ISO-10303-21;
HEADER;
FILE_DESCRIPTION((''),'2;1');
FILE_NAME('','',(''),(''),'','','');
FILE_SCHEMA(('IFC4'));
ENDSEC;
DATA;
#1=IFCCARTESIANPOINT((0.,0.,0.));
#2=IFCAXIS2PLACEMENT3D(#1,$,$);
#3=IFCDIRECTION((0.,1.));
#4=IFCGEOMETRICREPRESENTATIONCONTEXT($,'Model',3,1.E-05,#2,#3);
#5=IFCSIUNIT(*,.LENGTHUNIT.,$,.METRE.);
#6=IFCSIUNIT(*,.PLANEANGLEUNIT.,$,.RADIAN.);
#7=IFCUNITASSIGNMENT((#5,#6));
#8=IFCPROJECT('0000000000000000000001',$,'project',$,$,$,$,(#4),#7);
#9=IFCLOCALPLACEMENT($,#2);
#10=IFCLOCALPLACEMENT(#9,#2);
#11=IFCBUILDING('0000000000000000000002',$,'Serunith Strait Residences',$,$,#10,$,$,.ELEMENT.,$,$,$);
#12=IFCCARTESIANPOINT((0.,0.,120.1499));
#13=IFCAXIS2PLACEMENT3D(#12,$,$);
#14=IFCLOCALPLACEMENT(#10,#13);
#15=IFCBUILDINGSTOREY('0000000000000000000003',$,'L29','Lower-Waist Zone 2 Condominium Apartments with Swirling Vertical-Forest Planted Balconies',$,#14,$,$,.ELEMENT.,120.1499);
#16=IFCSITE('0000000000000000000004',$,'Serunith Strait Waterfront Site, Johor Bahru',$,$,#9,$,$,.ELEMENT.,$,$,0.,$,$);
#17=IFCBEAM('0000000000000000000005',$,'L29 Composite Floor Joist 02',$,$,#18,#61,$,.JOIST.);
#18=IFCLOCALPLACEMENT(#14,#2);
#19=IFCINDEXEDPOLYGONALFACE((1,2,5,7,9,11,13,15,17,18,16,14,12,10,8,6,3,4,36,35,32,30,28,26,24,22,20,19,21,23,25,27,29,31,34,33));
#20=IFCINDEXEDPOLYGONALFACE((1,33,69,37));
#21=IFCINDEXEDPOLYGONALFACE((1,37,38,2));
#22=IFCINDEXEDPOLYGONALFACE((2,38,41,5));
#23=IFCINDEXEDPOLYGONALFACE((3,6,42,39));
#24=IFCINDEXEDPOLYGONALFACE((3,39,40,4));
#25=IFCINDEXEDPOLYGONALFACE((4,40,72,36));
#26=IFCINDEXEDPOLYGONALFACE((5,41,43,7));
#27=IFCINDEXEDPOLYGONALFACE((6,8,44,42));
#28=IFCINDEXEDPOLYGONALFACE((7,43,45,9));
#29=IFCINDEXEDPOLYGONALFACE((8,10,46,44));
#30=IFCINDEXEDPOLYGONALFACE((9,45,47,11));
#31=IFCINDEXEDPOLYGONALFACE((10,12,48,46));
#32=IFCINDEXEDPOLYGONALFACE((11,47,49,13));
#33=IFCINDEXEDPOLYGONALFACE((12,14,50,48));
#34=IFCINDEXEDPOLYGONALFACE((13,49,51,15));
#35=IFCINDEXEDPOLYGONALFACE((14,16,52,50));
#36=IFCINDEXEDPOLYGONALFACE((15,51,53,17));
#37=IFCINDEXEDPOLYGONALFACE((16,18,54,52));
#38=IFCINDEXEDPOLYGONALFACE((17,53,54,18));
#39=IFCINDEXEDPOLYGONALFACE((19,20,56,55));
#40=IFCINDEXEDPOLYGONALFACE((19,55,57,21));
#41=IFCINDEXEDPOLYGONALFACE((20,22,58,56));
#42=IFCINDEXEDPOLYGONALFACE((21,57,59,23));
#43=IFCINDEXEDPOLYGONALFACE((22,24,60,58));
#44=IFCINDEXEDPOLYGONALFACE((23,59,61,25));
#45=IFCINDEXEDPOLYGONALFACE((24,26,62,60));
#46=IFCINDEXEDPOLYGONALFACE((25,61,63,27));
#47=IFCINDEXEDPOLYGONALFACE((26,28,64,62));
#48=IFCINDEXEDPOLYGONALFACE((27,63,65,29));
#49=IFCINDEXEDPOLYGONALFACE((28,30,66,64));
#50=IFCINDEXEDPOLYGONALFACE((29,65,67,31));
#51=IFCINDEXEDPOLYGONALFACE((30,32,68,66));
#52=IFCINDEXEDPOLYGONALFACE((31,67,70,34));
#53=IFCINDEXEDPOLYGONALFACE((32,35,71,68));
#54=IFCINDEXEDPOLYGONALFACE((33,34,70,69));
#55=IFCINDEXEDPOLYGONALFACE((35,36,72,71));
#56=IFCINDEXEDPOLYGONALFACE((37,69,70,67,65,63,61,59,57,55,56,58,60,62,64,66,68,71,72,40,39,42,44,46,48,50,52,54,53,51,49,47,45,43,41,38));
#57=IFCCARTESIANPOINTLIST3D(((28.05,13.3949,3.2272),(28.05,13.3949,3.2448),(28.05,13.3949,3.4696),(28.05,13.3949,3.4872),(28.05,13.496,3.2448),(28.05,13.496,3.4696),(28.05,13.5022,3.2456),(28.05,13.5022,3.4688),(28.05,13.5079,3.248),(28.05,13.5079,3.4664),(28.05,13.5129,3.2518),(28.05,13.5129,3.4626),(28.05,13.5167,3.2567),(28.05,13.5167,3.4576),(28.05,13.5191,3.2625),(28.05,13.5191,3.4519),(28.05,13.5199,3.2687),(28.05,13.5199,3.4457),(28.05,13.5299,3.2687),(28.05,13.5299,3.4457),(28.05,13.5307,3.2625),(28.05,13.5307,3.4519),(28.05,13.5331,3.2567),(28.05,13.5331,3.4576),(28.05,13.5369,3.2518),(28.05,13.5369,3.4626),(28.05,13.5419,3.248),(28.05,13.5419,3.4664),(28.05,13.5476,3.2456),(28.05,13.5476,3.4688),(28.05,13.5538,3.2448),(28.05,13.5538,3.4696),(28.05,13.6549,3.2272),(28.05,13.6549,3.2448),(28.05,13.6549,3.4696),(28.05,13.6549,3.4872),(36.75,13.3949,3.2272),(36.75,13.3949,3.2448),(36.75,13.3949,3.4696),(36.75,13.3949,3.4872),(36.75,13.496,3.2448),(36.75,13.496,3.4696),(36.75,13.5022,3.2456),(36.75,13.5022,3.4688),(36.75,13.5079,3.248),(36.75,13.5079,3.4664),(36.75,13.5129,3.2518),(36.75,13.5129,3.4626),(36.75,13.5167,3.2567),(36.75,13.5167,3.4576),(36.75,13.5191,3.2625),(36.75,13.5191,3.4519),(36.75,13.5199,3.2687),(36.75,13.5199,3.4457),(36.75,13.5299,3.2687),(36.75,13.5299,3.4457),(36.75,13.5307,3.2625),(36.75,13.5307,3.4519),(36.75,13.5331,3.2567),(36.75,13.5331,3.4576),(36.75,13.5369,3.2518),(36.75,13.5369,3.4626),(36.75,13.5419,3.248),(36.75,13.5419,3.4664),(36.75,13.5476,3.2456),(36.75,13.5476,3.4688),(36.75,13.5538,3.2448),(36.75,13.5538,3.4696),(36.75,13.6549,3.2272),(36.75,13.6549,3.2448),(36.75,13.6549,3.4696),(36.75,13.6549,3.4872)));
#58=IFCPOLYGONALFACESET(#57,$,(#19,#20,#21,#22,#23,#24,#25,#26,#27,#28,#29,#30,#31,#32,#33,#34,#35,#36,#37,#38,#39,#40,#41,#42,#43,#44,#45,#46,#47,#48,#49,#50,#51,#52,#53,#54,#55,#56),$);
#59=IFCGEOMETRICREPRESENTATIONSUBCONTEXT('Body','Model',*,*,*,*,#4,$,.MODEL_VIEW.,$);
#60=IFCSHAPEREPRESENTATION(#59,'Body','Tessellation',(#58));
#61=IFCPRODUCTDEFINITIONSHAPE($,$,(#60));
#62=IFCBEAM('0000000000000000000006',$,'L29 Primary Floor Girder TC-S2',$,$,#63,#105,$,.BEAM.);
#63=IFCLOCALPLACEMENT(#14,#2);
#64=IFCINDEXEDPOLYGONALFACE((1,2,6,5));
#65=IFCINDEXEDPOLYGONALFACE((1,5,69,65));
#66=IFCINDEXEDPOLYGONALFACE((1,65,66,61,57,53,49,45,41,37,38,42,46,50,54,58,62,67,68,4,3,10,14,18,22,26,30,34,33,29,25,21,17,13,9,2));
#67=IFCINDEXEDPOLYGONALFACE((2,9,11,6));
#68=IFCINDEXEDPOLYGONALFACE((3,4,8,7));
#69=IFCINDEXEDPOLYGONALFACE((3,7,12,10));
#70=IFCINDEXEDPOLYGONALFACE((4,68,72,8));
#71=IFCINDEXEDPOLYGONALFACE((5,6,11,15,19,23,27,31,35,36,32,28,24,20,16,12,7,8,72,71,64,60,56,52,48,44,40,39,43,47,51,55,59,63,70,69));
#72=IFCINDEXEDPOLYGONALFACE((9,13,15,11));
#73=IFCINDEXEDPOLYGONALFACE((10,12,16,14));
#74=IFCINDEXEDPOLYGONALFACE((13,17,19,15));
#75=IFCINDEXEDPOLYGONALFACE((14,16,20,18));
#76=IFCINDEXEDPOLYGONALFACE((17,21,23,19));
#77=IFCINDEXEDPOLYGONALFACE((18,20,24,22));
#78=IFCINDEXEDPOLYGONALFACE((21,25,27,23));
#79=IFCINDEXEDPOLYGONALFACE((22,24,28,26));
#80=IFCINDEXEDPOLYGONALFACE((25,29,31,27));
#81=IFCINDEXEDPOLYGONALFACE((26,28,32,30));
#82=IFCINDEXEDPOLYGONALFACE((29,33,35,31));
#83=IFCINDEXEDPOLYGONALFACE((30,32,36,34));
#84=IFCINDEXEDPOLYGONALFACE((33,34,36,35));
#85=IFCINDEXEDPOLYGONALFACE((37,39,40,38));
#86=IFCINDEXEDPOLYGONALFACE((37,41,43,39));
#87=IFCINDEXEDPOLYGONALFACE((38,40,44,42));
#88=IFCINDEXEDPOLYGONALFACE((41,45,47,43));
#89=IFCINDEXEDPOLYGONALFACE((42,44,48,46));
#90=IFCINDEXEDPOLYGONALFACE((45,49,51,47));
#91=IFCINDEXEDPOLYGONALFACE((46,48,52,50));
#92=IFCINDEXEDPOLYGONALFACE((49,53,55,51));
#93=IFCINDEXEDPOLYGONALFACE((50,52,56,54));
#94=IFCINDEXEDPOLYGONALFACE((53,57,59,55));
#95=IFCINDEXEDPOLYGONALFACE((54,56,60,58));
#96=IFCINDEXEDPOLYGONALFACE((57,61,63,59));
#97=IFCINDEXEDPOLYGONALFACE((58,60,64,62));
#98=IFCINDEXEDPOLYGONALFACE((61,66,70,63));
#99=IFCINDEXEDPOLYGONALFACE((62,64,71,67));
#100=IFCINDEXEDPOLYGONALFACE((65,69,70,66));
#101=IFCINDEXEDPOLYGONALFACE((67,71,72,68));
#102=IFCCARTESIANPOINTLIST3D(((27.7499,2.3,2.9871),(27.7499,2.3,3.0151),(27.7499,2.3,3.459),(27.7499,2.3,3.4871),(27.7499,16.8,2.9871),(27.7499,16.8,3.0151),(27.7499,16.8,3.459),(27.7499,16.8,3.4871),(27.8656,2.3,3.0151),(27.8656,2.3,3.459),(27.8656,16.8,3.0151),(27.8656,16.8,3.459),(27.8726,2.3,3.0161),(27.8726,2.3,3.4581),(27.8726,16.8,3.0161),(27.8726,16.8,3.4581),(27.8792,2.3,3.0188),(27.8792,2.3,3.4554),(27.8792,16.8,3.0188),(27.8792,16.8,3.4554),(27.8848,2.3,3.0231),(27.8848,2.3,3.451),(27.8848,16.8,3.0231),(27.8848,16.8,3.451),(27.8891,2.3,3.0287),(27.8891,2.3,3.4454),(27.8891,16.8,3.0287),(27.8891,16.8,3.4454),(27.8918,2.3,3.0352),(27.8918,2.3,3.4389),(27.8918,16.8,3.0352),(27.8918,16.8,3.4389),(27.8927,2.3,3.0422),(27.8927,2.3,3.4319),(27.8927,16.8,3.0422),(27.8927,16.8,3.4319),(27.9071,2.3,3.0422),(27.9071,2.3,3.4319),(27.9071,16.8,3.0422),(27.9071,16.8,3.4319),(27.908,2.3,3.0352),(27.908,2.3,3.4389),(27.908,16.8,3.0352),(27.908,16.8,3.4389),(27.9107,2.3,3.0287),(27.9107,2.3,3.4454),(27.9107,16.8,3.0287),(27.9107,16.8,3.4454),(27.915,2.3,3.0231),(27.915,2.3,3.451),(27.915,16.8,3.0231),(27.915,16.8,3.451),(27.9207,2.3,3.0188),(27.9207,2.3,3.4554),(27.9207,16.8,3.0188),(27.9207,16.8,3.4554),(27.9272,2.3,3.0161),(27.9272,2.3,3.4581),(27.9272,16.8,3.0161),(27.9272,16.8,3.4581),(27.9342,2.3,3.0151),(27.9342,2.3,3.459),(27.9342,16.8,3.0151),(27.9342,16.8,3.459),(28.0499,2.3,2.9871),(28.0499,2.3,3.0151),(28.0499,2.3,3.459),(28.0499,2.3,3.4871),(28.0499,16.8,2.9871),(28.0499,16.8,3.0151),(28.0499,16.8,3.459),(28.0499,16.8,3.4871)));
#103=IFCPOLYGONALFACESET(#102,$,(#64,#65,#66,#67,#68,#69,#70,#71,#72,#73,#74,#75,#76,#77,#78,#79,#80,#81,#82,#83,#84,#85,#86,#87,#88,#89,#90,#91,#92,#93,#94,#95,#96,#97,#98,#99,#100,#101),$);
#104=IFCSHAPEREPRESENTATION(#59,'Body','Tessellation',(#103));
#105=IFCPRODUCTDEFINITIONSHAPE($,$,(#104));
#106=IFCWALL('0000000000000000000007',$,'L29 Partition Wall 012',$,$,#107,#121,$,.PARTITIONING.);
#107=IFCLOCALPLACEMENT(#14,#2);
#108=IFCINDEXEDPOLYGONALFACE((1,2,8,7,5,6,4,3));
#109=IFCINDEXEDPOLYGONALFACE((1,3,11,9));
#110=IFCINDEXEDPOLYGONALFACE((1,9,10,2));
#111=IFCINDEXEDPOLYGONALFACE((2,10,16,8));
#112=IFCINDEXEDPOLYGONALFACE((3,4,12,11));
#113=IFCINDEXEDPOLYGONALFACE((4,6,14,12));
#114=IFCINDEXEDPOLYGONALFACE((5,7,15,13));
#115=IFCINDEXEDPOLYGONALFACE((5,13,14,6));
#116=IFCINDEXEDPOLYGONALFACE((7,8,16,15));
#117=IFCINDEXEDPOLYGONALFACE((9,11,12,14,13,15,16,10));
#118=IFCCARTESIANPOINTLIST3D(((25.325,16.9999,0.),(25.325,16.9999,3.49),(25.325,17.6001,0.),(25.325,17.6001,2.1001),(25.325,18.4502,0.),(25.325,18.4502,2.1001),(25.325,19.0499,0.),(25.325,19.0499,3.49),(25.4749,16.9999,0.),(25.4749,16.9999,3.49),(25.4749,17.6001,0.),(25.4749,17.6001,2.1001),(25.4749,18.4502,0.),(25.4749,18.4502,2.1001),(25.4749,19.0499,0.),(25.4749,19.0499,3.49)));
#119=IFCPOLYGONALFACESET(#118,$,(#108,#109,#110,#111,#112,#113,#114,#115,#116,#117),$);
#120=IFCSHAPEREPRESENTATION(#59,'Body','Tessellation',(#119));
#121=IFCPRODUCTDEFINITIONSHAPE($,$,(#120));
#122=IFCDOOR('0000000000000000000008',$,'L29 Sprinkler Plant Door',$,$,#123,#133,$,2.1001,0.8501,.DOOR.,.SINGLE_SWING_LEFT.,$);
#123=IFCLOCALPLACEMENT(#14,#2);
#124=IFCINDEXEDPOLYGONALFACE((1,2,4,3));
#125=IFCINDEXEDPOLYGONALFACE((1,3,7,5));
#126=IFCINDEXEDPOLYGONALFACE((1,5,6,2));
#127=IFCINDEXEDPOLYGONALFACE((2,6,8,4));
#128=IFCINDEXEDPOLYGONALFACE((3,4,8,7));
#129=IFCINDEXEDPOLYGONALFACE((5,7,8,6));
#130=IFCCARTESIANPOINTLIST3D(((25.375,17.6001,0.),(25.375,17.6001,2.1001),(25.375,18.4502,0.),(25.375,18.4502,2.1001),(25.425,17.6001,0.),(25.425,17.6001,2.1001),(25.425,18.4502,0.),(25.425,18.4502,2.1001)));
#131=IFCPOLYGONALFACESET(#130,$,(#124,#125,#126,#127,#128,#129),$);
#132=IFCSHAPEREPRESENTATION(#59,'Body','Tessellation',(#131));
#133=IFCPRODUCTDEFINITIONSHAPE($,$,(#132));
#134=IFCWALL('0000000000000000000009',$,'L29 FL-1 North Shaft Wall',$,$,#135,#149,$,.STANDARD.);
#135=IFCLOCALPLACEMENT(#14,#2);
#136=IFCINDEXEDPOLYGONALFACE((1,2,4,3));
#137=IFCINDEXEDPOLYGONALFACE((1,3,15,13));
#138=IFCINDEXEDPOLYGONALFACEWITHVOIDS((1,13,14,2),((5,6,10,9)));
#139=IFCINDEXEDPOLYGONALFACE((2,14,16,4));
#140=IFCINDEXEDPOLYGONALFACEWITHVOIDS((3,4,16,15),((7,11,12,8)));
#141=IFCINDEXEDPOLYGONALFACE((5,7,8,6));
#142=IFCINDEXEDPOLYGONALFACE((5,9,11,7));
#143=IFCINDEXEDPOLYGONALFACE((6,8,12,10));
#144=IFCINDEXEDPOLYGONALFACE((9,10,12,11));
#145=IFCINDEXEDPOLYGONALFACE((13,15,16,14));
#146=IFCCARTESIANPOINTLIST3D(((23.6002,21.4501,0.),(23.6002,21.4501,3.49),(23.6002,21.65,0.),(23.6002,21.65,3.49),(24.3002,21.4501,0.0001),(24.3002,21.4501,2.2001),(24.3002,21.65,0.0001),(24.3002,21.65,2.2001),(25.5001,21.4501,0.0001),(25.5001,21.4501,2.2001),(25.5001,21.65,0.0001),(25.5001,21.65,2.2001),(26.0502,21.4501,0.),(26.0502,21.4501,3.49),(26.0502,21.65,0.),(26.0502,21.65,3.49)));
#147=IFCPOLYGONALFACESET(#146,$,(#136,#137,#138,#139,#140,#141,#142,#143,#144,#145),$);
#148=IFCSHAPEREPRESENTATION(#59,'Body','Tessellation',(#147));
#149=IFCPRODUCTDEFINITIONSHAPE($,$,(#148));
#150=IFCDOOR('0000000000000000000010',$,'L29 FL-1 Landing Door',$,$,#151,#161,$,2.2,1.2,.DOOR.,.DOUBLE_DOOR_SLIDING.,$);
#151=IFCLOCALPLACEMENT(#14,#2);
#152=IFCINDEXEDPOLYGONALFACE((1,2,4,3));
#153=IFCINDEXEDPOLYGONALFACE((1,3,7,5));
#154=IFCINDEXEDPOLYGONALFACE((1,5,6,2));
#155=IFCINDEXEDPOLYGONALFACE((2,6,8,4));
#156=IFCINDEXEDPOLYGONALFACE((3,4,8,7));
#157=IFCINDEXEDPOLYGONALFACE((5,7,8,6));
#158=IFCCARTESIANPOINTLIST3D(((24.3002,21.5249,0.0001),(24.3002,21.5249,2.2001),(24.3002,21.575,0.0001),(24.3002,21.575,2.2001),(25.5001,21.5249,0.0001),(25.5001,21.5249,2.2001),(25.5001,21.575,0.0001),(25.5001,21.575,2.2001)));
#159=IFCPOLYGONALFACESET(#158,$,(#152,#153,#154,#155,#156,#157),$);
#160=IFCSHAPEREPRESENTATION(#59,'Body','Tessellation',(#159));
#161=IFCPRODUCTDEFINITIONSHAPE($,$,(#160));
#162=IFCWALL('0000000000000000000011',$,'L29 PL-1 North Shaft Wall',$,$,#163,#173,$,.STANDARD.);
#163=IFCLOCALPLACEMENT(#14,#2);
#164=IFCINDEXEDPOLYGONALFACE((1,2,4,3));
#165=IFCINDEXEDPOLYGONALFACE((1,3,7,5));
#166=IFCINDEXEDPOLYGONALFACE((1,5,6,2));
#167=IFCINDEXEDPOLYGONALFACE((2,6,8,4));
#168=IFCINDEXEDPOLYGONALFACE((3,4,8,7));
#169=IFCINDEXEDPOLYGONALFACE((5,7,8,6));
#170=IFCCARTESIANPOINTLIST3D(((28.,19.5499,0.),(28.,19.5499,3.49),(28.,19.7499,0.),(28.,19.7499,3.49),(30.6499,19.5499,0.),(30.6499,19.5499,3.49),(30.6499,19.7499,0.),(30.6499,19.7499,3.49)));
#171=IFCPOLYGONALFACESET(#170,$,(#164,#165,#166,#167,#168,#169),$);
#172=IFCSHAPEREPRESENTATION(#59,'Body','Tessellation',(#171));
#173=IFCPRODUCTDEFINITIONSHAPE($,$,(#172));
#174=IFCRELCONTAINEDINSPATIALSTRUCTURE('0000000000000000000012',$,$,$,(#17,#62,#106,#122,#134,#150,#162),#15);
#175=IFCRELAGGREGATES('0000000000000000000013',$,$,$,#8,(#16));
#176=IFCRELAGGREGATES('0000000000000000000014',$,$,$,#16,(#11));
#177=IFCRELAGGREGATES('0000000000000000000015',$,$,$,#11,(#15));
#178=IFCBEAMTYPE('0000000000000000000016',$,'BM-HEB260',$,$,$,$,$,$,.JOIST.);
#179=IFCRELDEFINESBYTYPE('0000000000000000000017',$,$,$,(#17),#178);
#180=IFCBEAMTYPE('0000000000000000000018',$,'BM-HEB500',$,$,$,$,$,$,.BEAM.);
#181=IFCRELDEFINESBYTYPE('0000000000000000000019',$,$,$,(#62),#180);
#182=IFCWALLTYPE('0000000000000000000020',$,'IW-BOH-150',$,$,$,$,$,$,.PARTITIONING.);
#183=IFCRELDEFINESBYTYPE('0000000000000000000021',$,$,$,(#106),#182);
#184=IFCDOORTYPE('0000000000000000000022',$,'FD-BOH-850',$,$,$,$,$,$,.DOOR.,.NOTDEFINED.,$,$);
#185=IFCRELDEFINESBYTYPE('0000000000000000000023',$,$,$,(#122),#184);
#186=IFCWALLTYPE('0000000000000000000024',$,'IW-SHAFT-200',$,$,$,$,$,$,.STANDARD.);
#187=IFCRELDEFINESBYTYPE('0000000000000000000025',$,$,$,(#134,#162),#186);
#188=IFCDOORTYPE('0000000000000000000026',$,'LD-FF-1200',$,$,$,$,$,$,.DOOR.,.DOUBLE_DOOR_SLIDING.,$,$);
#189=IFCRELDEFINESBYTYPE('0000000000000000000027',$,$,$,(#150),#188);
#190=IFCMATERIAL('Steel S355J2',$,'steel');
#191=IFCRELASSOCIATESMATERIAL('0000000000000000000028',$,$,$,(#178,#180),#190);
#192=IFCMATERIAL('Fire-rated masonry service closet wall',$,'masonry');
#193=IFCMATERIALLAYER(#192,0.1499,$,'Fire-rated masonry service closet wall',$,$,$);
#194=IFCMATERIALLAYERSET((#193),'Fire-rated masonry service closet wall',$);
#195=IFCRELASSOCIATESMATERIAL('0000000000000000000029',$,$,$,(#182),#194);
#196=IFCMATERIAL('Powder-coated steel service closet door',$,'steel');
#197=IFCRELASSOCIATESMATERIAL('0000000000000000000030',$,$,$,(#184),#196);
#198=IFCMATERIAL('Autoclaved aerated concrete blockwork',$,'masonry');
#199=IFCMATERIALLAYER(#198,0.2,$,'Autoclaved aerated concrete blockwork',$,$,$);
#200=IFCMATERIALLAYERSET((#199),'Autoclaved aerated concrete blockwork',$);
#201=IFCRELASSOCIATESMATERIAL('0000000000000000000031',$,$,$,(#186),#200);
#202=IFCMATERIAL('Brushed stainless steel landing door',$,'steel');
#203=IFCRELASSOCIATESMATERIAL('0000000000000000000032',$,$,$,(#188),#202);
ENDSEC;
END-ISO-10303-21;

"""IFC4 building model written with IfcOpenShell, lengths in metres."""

from ifc_helpers import new_model, si_unit, direction, frame, frame_2d, origin, origin_2d, place, context, subcontext, project, spatial, rectangle, i_section, extrude, source, transform, mapped, material, layer, layer_set, material_profile, profile_set, type_object, element, fill, save


model = new_model("IFC4")

# Units and contexts
model_context = context("Model", 3, precision=1e-05, world=origin(), true_north=direction((0.0, 1.0)))
body_context = subcontext(model_context, "Body", "Model", "MODEL_VIEW")
ifc_project = project(units=[si_unit("LENGTHUNIT", "METRE"), si_unit("PLANEANGLEUNIT", "RADIAN")], contexts=[model_context])

# Site, building, storey
site_placement = place(None, origin())
site = spatial("IfcSite", under=ifc_project, at=site_placement, Name="Serunith Strait Waterfront Site, Johor Bahru", CompositionType="ELEMENT", RefElevation=0.0)
building_placement = place(site_placement, origin())
building = spatial("IfcBuilding", under=site, at=building_placement, Name="Serunith Strait Residences", CompositionType="ELEMENT")
storey_placement = place(building_placement, frame((0.0, 0.0, 120.1499)))
storey = spatial("IfcBuildingStorey", under=building, at=storey_placement, Name="L29", Description="Lower-Waist Zone 2 Condominium Apartments with Swirling Vertical-Forest Planted Balconies", CompositionType="ELEMENT", Elevation=120.1499)

# Beams
ifc_material_1 = material(Name="Steel S355J2", Category="steel")
ifc_material_profile_1 = material_profile(ifc_material_1, i_section(OverallWidth=0.26, OverallDepth=0.26, WebThickness=0.01, FlangeThickness=0.0176, FilletRadius=0.0239, at=origin_2d()), Name="HEB 260")
ifc_profile_set_1 = profile_set([ifc_material_profile_1], Name="Steel S355J2")
beam_type_1 = type_object("IfcBeamType", Name="BM-HEB260", PredefinedType="JOIST", material=ifc_profile_set_1)
shared_shape_1 = source(origin(), body_context, "Body", "SweptSolid", [
    extrude(i_section(OverallWidth=0.26, OverallDepth=0.26, WebThickness=0.01, FlangeThickness=0.0176, FilletRadius=0.0239, at=origin_2d()), origin(), (0.0, 0.0, 1.0), 8.7),
])
beam_1_placement = place(storey_placement, frame((28.05, 13.5249, 3.3572), z_axis=(1.0, 0.0, 0.0), x_axis=(0.0, 1.0, 0.0)))
element("IfcBeam", 1, at=beam_1_placement, inside=storey, type_object=beam_type_1, Name="L29 Composite Floor Joist 02", PredefinedType="JOIST", context=body_context, shape_type="MappedRepresentation", body=[
    mapped(shared_shape_1, transform((0.0, 0.0, 0.0), scale=1.0)),
])
ifc_material_profile_2 = material_profile(ifc_material_1, i_section(OverallWidth=0.3, OverallDepth=0.5, WebThickness=0.0144, FlangeThickness=0.0281, FilletRadius=0.0271, at=origin_2d()), Name="HEB 500")
ifc_profile_set_2 = profile_set([ifc_material_profile_2], Name="Steel S355J2")
beam_type_2 = type_object("IfcBeamType", Name="BM-HEB500", PredefinedType="BEAM", material=ifc_profile_set_2)
shared_shape_2 = source(origin(), body_context, "Body", "SweptSolid", [
    extrude(i_section(OverallWidth=0.3, OverallDepth=0.5, WebThickness=0.0144, FlangeThickness=0.0281, FilletRadius=0.0271, at=origin_2d()), origin(), (0.0, 0.0, 1.0), 14.5),
])
beam_2_placement = place(storey_placement, frame((27.8999, 16.8, 3.2371), z_axis=(0.0, -1.0, 0.0), x_axis=(1.0, 0.0, 0.0)))
element("IfcBeam", 2, at=beam_2_placement, inside=storey, type_object=beam_type_2, Name="L29 Primary Floor Girder TC-S2", PredefinedType="BEAM", context=body_context, shape_type="MappedRepresentation", body=[
    mapped(shared_shape_2, transform((0.0, 0.0, 0.0), scale=1.0)),
])

# Walls, openings, doors
ifc_material_2 = material(Name="Fire-rated masonry service closet wall", Category="masonry")
ifc_layer_1 = layer(ifc_material_2, 0.1499, Name="Fire-rated masonry service closet wall")
ifc_layer_set_1 = layer_set([ifc_layer_1], Name="Fire-rated masonry service closet wall")
wall_type_1 = type_object("IfcWallType", Name="IW-BOH-150", PredefinedType="PARTITIONING", material=ifc_layer_set_1)
wall_1_placement = place(storey_placement, frame((25.3999, 17.0, 0.0), z_axis=(0.0, 0.0, 1.0), x_axis=(0.0, 1.0, 0.0)))
wall_1 = element("IfcWall", 3, at=wall_1_placement, inside=storey, type_object=wall_type_1, Name="L29 Partition Wall 012", PredefinedType="PARTITIONING", context=body_context, shape_type="SweptSolid", body=[
    extrude(rectangle(XDim=2.05, YDim=0.1499, at=frame_2d((1.0249, 0.0))), origin(), (0.0, 0.0, 1.0), 3.49),
])
opening_1_placement = place(wall_1_placement, frame((0.6001, 0.0, 0.0)))
opening_1 = element("IfcOpeningElement", 4, at=opening_1_placement, cuts=wall_1, PredefinedType="OPENING", context=body_context, shape_type="SweptSolid", body=[
    extrude(rectangle(XDim=0.8501, YDim=2.1001, at=frame_2d((0.425, 1.05))), frame((0.0, 0.085, 0.0), z_axis=(0.0, -1.0, 0.0), x_axis=(1.0, 0.0, 0.0)), (0.0, 0.0, 1.0), 0.1699),
])
ifc_material_3 = material(Name="Powder-coated steel service closet door", Category="steel")
door_type_1 = type_object("IfcDoorType", Name="FD-BOH-850", OperationType="NOTDEFINED", PredefinedType="DOOR", material=ifc_material_3)
shared_shape_3 = source(origin(), body_context, "Body", "SweptSolid", [
    extrude(rectangle(XDim=0.8501, YDim=2.1001, at=frame_2d((0.425, 1.05))), frame((0.0, 0.0249, 0.0), z_axis=(0.0, -1.0, 0.0), x_axis=(1.0, 0.0, 0.0)), (0.0, 0.0, 1.0), 0.05),
])
door_1_placement = place(opening_1_placement, origin())
door_1 = element("IfcDoor", 5, at=door_1_placement, inside=storey, type_object=door_type_1, Name="L29 Sprinkler Plant Door", OperationType="SINGLE_SWING_LEFT", OverallHeight=2.1001, OverallWidth=0.8501, PredefinedType="DOOR", context=body_context, shape_type="MappedRepresentation", body=[
    mapped(shared_shape_3, transform((0.0, 0.0, 0.0), scale=1.0)),
])
fill(opening_1, door_1)
ifc_material_4 = material(Name="Autoclaved aerated concrete blockwork", Category="masonry")
ifc_layer_2 = layer(ifc_material_4, 0.2, Name="Autoclaved aerated concrete blockwork")
ifc_layer_set_2 = layer_set([ifc_layer_2], Name="Autoclaved aerated concrete blockwork")
wall_type_2 = type_object("IfcWallType", Name="IW-SHAFT-200", PredefinedType="STANDARD", material=ifc_layer_set_2)
wall_2_placement = place(storey_placement, frame((23.6001, 21.55, 0.0), z_axis=(0.0, 0.0, 1.0), x_axis=(1.0, 0.0, 0.0)))
wall_2 = element("IfcWall", 6, at=wall_2_placement, inside=storey, type_object=wall_type_2, Name="L29 FL-1 North Shaft Wall", PredefinedType="STANDARD", context=body_context, shape_type="SweptSolid", body=[
    extrude(rectangle(XDim=2.45, YDim=0.2, at=frame_2d((1.2251, 0.0))), origin(), (0.0, 0.0, 1.0), 3.49),
])
opening_2_placement = place(wall_2_placement, frame((0.7, 0.0, 0.0)))
opening_2 = element("IfcOpeningElement", 7, at=opening_2_placement, cuts=wall_2, PredefinedType="OPENING", context=body_context, shape_type="SweptSolid", body=[
    extrude(rectangle(XDim=1.2, YDim=2.2, at=frame_2d((0.6001, 1.1001))), frame((0.0, 0.1099, 0.0), z_axis=(0.0, -1.0, 0.0), x_axis=(1.0, 0.0, 0.0)), (0.0, 0.0, 1.0), 0.22),
])
ifc_material_5 = material(Name="Brushed stainless steel landing door", Category="steel")
door_type_2 = type_object("IfcDoorType", Name="LD-FF-1200", OperationType="DOUBLE_DOOR_SLIDING", PredefinedType="DOOR", material=ifc_material_5)
shared_shape_4 = source(origin(), body_context, "Body", "SweptSolid", [
    extrude(rectangle(XDim=1.2, YDim=2.2, at=frame_2d((0.6001, 1.1001))), frame((0.0, 0.0249, 0.0), z_axis=(0.0, -1.0, 0.0), x_axis=(1.0, 0.0, 0.0)), (0.0, 0.0, 1.0), 0.05),
])
door_2_placement = place(opening_2_placement, origin())
door_2 = element("IfcDoor", 8, at=door_2_placement, inside=storey, type_object=door_type_2, Name="L29 FL-1 Landing Door", OperationType="DOUBLE_DOOR_SLIDING", OverallHeight=2.2, OverallWidth=1.2, PredefinedType="DOOR", context=body_context, shape_type="MappedRepresentation", body=[
    mapped(shared_shape_4, transform((0.0, 0.0, 0.0), scale=1.0)),
])
fill(opening_2, door_2)

# Wall
wall_3_placement = place(storey_placement, frame((28.0, 19.6499, 0.0), z_axis=(0.0, 0.0, 1.0), x_axis=(1.0, 0.0, 0.0)))
element("IfcWall", 9, at=wall_3_placement, inside=storey, type_object=wall_type_2, Name="L29 PL-1 North Shaft Wall", PredefinedType="STANDARD", context=body_context, shape_type="SweptSolid", body=[
    extrude(rectangle(XDim=2.6499, YDim=0.2, at=frame_2d((1.325, 0.0))), origin(), (0.0, 0.0, 1.0), 3.49),
])

save(model, "model.ifc")
